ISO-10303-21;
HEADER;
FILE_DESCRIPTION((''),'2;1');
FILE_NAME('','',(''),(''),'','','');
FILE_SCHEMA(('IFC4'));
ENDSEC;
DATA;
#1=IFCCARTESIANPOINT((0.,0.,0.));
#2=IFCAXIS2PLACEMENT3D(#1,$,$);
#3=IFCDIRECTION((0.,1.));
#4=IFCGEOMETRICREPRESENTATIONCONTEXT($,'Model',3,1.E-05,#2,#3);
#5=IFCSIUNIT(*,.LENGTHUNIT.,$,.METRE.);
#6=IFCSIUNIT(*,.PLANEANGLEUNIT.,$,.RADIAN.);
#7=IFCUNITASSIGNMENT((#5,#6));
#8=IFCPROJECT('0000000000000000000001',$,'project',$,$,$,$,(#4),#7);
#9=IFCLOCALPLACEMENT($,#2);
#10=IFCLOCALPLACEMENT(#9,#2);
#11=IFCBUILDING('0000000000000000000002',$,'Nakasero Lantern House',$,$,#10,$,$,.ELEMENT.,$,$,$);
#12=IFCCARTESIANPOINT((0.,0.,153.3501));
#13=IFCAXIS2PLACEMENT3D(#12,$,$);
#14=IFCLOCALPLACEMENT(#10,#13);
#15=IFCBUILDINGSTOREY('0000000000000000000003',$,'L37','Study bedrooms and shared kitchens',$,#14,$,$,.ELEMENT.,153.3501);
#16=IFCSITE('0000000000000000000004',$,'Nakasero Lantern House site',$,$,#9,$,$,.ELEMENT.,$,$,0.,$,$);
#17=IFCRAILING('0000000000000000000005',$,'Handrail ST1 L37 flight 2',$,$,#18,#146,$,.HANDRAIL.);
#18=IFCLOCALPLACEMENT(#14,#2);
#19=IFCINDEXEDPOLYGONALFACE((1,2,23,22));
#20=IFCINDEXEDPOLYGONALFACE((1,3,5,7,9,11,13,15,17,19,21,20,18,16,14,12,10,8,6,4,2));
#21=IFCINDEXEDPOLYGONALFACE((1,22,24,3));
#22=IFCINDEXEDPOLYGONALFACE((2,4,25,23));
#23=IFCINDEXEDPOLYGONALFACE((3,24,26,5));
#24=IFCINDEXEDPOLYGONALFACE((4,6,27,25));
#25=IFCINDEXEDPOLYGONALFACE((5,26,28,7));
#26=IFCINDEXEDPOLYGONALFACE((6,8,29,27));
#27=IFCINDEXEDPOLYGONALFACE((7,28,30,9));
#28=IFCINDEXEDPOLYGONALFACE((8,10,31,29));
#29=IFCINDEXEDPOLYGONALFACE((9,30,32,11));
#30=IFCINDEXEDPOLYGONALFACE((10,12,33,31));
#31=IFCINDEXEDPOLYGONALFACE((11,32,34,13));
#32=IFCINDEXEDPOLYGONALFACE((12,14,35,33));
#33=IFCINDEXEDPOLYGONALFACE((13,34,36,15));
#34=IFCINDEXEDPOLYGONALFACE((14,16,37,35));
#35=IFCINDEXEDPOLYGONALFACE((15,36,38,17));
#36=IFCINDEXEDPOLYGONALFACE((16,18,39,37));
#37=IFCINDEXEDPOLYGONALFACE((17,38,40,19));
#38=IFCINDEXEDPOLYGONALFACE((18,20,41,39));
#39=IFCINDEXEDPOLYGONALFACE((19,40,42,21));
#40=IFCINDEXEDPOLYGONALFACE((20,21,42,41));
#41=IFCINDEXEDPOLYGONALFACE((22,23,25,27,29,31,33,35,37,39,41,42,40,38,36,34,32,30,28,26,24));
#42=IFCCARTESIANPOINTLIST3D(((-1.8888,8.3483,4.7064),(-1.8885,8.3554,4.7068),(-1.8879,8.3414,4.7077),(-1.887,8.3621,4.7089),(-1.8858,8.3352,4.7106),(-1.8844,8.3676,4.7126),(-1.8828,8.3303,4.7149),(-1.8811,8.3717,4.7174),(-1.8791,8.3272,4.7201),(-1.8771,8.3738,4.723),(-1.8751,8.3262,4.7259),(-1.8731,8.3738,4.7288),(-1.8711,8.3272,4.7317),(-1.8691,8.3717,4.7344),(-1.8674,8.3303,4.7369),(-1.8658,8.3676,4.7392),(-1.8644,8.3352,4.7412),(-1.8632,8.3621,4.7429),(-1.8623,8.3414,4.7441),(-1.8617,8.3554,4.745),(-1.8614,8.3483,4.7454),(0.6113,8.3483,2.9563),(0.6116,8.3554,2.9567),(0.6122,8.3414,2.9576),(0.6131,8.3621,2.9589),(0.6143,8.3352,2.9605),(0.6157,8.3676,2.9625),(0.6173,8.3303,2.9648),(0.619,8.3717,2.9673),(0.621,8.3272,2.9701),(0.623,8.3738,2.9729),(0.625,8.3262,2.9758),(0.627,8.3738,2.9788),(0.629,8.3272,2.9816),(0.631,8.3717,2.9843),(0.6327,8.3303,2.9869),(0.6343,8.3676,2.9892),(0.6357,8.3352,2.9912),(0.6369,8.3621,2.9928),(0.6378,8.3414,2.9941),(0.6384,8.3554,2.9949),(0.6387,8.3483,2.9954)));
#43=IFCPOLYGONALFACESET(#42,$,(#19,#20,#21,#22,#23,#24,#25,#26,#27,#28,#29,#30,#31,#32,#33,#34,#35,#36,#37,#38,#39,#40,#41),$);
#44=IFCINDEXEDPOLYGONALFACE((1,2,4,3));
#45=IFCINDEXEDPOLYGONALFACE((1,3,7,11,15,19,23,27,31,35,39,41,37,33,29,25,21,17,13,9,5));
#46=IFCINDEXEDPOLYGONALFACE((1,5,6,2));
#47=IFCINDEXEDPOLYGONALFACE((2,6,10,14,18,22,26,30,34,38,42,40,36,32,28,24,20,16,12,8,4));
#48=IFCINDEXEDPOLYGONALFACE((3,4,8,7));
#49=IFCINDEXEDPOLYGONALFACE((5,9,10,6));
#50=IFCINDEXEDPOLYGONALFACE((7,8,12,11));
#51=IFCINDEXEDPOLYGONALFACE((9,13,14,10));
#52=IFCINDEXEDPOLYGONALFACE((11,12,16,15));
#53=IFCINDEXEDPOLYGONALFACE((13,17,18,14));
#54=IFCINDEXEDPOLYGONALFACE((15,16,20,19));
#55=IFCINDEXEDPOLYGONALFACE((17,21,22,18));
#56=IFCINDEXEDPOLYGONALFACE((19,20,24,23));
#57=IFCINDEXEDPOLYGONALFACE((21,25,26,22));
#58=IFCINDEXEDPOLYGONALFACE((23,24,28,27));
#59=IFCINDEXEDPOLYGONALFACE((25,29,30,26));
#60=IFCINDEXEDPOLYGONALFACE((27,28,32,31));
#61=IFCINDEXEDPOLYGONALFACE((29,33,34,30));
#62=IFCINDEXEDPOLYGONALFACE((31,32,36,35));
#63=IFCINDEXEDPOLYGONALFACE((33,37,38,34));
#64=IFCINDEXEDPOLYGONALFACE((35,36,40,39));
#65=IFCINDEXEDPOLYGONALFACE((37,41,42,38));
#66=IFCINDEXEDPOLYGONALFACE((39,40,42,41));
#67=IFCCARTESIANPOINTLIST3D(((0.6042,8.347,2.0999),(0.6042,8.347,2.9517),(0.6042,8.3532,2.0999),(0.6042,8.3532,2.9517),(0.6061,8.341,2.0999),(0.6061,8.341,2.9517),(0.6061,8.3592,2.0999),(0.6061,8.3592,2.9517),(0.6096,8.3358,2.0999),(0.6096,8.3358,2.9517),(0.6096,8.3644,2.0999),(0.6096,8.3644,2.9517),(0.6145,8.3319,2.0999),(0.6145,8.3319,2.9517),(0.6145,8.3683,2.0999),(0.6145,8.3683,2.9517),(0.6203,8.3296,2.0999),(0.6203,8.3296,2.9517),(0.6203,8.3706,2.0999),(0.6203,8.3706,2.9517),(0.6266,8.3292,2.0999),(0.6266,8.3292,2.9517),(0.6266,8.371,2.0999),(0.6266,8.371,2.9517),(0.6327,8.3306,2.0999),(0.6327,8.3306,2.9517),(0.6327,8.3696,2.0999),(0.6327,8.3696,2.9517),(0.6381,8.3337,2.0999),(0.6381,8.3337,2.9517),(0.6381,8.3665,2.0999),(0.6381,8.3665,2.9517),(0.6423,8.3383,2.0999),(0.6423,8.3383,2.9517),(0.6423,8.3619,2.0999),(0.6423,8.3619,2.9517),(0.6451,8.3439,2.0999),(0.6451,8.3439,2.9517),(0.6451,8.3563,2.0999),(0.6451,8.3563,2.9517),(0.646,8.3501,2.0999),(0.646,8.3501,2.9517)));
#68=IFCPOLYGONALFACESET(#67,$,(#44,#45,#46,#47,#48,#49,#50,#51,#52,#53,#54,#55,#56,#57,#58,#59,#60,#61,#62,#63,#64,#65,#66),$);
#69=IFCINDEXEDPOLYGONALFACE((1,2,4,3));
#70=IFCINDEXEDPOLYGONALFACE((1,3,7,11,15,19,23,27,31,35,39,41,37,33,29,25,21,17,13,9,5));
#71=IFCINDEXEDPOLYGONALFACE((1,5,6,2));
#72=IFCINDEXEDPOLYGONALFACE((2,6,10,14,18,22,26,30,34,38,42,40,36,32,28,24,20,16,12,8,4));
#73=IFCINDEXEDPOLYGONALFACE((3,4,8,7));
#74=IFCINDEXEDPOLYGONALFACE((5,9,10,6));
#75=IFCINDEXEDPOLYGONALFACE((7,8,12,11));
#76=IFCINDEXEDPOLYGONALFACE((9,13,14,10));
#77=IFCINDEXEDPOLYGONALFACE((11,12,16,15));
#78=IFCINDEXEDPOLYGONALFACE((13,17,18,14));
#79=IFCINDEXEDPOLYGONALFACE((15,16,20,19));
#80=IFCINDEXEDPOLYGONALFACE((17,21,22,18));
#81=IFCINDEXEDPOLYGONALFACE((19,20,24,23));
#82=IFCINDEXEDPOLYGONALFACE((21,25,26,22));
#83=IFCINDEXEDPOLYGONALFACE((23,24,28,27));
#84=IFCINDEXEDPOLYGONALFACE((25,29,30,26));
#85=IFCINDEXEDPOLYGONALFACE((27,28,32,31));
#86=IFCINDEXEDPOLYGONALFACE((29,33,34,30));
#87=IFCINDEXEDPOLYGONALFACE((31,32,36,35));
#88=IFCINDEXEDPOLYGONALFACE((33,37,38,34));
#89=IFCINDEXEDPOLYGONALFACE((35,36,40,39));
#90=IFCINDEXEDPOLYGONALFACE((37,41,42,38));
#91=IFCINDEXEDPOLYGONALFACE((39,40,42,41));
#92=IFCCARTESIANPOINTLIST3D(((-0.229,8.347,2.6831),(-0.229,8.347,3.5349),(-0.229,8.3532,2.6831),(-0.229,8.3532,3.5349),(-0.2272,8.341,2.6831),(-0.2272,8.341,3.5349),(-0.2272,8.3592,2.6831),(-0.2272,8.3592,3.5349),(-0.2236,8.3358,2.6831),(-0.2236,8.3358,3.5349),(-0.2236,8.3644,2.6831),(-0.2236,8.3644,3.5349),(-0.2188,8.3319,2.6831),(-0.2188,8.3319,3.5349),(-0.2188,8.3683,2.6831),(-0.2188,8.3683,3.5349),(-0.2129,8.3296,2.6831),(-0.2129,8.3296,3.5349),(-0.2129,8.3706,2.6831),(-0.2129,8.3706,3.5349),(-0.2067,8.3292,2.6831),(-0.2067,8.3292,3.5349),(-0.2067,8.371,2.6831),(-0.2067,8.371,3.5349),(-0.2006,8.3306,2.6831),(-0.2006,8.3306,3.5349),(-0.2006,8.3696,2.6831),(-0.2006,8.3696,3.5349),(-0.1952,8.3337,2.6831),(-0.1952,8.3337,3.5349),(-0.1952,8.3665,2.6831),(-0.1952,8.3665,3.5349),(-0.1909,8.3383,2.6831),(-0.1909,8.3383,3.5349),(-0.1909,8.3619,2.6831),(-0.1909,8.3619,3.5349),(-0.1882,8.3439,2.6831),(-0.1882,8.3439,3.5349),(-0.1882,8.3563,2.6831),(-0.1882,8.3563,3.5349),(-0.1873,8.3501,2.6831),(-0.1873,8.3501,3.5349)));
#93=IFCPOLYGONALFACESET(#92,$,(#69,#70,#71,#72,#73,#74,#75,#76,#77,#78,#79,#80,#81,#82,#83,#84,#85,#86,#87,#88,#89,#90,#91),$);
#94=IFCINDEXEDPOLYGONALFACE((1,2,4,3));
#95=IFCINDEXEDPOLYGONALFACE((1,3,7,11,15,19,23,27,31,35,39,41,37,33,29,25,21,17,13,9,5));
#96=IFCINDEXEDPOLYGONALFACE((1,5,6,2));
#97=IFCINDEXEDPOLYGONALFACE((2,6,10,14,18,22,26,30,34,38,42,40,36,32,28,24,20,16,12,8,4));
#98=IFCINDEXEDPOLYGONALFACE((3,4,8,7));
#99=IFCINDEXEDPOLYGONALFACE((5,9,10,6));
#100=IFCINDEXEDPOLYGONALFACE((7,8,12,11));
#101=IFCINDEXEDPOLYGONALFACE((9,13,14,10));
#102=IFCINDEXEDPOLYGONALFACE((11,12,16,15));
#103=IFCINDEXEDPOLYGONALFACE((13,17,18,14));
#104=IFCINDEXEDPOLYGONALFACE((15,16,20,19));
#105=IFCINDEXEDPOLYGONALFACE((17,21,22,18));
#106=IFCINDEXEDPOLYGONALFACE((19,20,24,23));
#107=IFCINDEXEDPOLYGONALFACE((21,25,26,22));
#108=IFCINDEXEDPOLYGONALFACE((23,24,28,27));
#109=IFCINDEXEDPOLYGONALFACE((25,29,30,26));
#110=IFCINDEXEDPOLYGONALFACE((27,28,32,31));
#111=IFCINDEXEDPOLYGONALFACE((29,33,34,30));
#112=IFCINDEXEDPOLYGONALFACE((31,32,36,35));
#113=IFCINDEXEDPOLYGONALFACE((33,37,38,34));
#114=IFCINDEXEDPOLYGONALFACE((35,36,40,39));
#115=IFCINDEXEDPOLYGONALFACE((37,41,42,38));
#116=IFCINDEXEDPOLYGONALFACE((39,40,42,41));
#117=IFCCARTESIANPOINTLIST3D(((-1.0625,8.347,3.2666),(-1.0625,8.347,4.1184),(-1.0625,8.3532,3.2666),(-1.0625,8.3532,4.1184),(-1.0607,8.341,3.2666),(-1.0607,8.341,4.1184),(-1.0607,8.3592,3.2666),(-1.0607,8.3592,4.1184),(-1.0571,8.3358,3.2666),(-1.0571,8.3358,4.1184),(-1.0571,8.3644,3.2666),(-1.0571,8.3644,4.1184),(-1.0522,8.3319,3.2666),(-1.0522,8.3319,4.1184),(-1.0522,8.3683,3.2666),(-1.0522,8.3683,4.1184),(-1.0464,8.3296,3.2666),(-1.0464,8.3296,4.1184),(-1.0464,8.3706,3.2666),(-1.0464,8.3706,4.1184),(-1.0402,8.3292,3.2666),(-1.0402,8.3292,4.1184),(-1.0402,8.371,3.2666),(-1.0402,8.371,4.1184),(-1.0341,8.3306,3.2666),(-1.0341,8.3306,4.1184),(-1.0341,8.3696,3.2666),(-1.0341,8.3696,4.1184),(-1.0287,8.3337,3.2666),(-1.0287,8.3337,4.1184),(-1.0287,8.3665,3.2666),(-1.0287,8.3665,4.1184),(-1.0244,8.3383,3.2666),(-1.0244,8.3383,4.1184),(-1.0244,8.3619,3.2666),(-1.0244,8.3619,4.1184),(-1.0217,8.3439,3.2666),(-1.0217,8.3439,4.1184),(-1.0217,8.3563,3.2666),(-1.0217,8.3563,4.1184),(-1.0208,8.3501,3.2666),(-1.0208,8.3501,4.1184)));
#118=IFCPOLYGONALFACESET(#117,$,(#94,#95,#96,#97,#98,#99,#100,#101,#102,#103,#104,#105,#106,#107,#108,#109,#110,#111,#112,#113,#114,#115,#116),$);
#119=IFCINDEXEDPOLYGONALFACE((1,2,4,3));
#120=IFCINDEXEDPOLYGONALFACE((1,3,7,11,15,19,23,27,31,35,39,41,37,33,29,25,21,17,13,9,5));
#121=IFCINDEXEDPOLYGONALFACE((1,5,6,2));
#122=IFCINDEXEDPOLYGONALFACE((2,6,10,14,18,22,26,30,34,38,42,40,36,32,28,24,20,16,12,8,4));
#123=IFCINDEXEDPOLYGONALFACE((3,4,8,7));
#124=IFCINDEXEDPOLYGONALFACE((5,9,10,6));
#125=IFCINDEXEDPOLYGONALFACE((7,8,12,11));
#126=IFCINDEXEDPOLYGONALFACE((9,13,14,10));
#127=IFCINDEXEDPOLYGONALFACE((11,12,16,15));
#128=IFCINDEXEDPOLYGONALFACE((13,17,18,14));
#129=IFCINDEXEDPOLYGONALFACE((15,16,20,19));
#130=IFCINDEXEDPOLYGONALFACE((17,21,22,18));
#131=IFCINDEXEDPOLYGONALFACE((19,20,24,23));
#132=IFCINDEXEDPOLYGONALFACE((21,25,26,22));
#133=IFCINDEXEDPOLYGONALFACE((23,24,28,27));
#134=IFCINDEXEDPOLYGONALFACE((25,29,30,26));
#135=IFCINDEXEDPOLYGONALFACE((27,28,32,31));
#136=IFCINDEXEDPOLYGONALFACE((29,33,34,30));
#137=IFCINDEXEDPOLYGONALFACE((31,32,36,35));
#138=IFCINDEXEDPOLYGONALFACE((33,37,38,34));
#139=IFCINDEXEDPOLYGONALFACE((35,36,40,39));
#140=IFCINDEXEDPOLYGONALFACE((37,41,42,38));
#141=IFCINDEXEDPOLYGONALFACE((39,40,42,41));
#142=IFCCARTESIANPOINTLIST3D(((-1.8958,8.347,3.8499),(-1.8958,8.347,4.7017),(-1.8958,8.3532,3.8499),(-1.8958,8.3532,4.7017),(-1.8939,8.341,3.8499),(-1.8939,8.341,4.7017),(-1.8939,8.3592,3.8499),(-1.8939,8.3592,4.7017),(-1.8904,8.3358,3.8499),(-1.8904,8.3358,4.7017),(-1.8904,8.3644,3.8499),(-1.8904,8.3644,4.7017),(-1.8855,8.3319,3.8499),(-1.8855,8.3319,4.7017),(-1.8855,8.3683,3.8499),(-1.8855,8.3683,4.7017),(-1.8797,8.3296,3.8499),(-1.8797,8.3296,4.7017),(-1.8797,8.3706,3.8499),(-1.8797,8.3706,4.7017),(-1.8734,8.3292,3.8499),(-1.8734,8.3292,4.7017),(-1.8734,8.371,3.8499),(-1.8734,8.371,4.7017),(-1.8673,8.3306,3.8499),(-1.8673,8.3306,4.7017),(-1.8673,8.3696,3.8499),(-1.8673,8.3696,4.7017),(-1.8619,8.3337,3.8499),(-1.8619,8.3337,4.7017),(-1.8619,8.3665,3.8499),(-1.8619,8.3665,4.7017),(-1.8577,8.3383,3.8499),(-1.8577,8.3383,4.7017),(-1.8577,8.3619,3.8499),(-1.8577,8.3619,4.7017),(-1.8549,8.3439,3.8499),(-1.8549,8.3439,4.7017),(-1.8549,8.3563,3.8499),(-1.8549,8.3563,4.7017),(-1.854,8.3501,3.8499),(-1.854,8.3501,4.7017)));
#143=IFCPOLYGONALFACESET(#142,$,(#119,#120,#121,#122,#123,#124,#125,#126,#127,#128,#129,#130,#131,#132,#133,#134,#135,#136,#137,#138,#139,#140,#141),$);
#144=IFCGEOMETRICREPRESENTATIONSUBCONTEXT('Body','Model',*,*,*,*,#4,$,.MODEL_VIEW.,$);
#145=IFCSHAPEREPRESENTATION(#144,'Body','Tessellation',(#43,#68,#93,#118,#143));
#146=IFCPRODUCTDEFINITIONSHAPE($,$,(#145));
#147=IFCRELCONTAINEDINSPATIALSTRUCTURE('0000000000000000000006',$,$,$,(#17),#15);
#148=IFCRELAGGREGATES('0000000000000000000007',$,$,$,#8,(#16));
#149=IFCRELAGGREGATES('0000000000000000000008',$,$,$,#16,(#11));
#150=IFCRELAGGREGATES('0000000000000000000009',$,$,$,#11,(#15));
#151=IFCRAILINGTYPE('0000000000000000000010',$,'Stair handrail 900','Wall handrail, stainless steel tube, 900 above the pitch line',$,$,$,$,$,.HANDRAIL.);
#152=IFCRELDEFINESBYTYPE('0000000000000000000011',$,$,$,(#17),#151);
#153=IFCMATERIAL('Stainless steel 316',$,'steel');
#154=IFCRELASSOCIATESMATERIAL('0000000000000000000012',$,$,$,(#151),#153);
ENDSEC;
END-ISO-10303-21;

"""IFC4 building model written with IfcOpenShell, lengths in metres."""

from ifc_helpers import new_model, si_unit, direction, frame, origin, origin_2d, place, context, subcontext, project, spatial, circle, extrude, material, type_object, element, save


model = new_model("IFC4")

# Units and contexts
model_context = context("Model", 3, precision=1e-05, world=origin(), true_north=direction((0.0, 1.0)))
body_context = subcontext(model_context, "Body", "Model", "MODEL_VIEW")
ifc_project = project(units=[si_unit("LENGTHUNIT", "METRE"), si_unit("PLANEANGLEUNIT", "RADIAN")], contexts=[model_context])

# Site, building, storey
site_placement = place(None, origin())
site = spatial("IfcSite", under=ifc_project, at=site_placement, Name="Nakasero Lantern House site", CompositionType="ELEMENT", RefElevation=0.0)
building_placement = place(site_placement, origin())
building = spatial("IfcBuilding", under=site, at=building_placement, Name="Nakasero Lantern House", CompositionType="ELEMENT")
storey_placement = place(building_placement, frame((0.0, 0.0, 153.3501)))
storey = spatial("IfcBuildingStorey", under=building, at=storey_placement, Name="L37", Description="Study bedrooms and shared kitchens", CompositionType="ELEMENT", Elevation=153.3501)

# Railing
ifc_material_1 = material(Name="Stainless steel 316", Category="steel")
railing_type = type_object("IfcRailingType", Name="Stair handrail 900", Description="Wall handrail, stainless steel tube, 900 above the pitch line", PredefinedType="HANDRAIL", material=ifc_material_1)
railing_placement = place(storey_placement, frame((0.625, 8.3501, 2.0999)))
element("IfcRailing", 1, at=railing_placement, inside=storey, type_object=railing_type, Name="Handrail ST1 L37 flight 2", PredefinedType="HANDRAIL", context=body_context, shape_type="SweptSolid", body=[
    extrude(circle(Radius=0.0239, at=origin_2d()), frame((0.0, 0.0, 0.876), z_axis=(-0.819232, 0.0, 0.573462), x_axis=(0.0, -1.0, 0.0)), (0.0, 0.0, 1.0), 3.0518),
    extrude(circle(Radius=0.021, at=origin_2d()), origin(), (0.0, 0.0, 1.0), 0.8518),
    extrude(circle(Radius=0.021, at=origin_2d()), frame((-0.8333, 0.0, 0.5833)), (0.0, 0.0, 1.0), 0.8518),
    extrude(circle(Radius=0.021, at=origin_2d()), frame((-1.6667, 0.0, 1.1667)), (0.0, 0.0, 1.0), 0.8518),
    extrude(circle(Radius=0.021, at=origin_2d()), frame((-2.5, 0.0, 1.75)), (0.0, 0.0, 1.0), 0.8518),
])

save(model, "model.ifc")
